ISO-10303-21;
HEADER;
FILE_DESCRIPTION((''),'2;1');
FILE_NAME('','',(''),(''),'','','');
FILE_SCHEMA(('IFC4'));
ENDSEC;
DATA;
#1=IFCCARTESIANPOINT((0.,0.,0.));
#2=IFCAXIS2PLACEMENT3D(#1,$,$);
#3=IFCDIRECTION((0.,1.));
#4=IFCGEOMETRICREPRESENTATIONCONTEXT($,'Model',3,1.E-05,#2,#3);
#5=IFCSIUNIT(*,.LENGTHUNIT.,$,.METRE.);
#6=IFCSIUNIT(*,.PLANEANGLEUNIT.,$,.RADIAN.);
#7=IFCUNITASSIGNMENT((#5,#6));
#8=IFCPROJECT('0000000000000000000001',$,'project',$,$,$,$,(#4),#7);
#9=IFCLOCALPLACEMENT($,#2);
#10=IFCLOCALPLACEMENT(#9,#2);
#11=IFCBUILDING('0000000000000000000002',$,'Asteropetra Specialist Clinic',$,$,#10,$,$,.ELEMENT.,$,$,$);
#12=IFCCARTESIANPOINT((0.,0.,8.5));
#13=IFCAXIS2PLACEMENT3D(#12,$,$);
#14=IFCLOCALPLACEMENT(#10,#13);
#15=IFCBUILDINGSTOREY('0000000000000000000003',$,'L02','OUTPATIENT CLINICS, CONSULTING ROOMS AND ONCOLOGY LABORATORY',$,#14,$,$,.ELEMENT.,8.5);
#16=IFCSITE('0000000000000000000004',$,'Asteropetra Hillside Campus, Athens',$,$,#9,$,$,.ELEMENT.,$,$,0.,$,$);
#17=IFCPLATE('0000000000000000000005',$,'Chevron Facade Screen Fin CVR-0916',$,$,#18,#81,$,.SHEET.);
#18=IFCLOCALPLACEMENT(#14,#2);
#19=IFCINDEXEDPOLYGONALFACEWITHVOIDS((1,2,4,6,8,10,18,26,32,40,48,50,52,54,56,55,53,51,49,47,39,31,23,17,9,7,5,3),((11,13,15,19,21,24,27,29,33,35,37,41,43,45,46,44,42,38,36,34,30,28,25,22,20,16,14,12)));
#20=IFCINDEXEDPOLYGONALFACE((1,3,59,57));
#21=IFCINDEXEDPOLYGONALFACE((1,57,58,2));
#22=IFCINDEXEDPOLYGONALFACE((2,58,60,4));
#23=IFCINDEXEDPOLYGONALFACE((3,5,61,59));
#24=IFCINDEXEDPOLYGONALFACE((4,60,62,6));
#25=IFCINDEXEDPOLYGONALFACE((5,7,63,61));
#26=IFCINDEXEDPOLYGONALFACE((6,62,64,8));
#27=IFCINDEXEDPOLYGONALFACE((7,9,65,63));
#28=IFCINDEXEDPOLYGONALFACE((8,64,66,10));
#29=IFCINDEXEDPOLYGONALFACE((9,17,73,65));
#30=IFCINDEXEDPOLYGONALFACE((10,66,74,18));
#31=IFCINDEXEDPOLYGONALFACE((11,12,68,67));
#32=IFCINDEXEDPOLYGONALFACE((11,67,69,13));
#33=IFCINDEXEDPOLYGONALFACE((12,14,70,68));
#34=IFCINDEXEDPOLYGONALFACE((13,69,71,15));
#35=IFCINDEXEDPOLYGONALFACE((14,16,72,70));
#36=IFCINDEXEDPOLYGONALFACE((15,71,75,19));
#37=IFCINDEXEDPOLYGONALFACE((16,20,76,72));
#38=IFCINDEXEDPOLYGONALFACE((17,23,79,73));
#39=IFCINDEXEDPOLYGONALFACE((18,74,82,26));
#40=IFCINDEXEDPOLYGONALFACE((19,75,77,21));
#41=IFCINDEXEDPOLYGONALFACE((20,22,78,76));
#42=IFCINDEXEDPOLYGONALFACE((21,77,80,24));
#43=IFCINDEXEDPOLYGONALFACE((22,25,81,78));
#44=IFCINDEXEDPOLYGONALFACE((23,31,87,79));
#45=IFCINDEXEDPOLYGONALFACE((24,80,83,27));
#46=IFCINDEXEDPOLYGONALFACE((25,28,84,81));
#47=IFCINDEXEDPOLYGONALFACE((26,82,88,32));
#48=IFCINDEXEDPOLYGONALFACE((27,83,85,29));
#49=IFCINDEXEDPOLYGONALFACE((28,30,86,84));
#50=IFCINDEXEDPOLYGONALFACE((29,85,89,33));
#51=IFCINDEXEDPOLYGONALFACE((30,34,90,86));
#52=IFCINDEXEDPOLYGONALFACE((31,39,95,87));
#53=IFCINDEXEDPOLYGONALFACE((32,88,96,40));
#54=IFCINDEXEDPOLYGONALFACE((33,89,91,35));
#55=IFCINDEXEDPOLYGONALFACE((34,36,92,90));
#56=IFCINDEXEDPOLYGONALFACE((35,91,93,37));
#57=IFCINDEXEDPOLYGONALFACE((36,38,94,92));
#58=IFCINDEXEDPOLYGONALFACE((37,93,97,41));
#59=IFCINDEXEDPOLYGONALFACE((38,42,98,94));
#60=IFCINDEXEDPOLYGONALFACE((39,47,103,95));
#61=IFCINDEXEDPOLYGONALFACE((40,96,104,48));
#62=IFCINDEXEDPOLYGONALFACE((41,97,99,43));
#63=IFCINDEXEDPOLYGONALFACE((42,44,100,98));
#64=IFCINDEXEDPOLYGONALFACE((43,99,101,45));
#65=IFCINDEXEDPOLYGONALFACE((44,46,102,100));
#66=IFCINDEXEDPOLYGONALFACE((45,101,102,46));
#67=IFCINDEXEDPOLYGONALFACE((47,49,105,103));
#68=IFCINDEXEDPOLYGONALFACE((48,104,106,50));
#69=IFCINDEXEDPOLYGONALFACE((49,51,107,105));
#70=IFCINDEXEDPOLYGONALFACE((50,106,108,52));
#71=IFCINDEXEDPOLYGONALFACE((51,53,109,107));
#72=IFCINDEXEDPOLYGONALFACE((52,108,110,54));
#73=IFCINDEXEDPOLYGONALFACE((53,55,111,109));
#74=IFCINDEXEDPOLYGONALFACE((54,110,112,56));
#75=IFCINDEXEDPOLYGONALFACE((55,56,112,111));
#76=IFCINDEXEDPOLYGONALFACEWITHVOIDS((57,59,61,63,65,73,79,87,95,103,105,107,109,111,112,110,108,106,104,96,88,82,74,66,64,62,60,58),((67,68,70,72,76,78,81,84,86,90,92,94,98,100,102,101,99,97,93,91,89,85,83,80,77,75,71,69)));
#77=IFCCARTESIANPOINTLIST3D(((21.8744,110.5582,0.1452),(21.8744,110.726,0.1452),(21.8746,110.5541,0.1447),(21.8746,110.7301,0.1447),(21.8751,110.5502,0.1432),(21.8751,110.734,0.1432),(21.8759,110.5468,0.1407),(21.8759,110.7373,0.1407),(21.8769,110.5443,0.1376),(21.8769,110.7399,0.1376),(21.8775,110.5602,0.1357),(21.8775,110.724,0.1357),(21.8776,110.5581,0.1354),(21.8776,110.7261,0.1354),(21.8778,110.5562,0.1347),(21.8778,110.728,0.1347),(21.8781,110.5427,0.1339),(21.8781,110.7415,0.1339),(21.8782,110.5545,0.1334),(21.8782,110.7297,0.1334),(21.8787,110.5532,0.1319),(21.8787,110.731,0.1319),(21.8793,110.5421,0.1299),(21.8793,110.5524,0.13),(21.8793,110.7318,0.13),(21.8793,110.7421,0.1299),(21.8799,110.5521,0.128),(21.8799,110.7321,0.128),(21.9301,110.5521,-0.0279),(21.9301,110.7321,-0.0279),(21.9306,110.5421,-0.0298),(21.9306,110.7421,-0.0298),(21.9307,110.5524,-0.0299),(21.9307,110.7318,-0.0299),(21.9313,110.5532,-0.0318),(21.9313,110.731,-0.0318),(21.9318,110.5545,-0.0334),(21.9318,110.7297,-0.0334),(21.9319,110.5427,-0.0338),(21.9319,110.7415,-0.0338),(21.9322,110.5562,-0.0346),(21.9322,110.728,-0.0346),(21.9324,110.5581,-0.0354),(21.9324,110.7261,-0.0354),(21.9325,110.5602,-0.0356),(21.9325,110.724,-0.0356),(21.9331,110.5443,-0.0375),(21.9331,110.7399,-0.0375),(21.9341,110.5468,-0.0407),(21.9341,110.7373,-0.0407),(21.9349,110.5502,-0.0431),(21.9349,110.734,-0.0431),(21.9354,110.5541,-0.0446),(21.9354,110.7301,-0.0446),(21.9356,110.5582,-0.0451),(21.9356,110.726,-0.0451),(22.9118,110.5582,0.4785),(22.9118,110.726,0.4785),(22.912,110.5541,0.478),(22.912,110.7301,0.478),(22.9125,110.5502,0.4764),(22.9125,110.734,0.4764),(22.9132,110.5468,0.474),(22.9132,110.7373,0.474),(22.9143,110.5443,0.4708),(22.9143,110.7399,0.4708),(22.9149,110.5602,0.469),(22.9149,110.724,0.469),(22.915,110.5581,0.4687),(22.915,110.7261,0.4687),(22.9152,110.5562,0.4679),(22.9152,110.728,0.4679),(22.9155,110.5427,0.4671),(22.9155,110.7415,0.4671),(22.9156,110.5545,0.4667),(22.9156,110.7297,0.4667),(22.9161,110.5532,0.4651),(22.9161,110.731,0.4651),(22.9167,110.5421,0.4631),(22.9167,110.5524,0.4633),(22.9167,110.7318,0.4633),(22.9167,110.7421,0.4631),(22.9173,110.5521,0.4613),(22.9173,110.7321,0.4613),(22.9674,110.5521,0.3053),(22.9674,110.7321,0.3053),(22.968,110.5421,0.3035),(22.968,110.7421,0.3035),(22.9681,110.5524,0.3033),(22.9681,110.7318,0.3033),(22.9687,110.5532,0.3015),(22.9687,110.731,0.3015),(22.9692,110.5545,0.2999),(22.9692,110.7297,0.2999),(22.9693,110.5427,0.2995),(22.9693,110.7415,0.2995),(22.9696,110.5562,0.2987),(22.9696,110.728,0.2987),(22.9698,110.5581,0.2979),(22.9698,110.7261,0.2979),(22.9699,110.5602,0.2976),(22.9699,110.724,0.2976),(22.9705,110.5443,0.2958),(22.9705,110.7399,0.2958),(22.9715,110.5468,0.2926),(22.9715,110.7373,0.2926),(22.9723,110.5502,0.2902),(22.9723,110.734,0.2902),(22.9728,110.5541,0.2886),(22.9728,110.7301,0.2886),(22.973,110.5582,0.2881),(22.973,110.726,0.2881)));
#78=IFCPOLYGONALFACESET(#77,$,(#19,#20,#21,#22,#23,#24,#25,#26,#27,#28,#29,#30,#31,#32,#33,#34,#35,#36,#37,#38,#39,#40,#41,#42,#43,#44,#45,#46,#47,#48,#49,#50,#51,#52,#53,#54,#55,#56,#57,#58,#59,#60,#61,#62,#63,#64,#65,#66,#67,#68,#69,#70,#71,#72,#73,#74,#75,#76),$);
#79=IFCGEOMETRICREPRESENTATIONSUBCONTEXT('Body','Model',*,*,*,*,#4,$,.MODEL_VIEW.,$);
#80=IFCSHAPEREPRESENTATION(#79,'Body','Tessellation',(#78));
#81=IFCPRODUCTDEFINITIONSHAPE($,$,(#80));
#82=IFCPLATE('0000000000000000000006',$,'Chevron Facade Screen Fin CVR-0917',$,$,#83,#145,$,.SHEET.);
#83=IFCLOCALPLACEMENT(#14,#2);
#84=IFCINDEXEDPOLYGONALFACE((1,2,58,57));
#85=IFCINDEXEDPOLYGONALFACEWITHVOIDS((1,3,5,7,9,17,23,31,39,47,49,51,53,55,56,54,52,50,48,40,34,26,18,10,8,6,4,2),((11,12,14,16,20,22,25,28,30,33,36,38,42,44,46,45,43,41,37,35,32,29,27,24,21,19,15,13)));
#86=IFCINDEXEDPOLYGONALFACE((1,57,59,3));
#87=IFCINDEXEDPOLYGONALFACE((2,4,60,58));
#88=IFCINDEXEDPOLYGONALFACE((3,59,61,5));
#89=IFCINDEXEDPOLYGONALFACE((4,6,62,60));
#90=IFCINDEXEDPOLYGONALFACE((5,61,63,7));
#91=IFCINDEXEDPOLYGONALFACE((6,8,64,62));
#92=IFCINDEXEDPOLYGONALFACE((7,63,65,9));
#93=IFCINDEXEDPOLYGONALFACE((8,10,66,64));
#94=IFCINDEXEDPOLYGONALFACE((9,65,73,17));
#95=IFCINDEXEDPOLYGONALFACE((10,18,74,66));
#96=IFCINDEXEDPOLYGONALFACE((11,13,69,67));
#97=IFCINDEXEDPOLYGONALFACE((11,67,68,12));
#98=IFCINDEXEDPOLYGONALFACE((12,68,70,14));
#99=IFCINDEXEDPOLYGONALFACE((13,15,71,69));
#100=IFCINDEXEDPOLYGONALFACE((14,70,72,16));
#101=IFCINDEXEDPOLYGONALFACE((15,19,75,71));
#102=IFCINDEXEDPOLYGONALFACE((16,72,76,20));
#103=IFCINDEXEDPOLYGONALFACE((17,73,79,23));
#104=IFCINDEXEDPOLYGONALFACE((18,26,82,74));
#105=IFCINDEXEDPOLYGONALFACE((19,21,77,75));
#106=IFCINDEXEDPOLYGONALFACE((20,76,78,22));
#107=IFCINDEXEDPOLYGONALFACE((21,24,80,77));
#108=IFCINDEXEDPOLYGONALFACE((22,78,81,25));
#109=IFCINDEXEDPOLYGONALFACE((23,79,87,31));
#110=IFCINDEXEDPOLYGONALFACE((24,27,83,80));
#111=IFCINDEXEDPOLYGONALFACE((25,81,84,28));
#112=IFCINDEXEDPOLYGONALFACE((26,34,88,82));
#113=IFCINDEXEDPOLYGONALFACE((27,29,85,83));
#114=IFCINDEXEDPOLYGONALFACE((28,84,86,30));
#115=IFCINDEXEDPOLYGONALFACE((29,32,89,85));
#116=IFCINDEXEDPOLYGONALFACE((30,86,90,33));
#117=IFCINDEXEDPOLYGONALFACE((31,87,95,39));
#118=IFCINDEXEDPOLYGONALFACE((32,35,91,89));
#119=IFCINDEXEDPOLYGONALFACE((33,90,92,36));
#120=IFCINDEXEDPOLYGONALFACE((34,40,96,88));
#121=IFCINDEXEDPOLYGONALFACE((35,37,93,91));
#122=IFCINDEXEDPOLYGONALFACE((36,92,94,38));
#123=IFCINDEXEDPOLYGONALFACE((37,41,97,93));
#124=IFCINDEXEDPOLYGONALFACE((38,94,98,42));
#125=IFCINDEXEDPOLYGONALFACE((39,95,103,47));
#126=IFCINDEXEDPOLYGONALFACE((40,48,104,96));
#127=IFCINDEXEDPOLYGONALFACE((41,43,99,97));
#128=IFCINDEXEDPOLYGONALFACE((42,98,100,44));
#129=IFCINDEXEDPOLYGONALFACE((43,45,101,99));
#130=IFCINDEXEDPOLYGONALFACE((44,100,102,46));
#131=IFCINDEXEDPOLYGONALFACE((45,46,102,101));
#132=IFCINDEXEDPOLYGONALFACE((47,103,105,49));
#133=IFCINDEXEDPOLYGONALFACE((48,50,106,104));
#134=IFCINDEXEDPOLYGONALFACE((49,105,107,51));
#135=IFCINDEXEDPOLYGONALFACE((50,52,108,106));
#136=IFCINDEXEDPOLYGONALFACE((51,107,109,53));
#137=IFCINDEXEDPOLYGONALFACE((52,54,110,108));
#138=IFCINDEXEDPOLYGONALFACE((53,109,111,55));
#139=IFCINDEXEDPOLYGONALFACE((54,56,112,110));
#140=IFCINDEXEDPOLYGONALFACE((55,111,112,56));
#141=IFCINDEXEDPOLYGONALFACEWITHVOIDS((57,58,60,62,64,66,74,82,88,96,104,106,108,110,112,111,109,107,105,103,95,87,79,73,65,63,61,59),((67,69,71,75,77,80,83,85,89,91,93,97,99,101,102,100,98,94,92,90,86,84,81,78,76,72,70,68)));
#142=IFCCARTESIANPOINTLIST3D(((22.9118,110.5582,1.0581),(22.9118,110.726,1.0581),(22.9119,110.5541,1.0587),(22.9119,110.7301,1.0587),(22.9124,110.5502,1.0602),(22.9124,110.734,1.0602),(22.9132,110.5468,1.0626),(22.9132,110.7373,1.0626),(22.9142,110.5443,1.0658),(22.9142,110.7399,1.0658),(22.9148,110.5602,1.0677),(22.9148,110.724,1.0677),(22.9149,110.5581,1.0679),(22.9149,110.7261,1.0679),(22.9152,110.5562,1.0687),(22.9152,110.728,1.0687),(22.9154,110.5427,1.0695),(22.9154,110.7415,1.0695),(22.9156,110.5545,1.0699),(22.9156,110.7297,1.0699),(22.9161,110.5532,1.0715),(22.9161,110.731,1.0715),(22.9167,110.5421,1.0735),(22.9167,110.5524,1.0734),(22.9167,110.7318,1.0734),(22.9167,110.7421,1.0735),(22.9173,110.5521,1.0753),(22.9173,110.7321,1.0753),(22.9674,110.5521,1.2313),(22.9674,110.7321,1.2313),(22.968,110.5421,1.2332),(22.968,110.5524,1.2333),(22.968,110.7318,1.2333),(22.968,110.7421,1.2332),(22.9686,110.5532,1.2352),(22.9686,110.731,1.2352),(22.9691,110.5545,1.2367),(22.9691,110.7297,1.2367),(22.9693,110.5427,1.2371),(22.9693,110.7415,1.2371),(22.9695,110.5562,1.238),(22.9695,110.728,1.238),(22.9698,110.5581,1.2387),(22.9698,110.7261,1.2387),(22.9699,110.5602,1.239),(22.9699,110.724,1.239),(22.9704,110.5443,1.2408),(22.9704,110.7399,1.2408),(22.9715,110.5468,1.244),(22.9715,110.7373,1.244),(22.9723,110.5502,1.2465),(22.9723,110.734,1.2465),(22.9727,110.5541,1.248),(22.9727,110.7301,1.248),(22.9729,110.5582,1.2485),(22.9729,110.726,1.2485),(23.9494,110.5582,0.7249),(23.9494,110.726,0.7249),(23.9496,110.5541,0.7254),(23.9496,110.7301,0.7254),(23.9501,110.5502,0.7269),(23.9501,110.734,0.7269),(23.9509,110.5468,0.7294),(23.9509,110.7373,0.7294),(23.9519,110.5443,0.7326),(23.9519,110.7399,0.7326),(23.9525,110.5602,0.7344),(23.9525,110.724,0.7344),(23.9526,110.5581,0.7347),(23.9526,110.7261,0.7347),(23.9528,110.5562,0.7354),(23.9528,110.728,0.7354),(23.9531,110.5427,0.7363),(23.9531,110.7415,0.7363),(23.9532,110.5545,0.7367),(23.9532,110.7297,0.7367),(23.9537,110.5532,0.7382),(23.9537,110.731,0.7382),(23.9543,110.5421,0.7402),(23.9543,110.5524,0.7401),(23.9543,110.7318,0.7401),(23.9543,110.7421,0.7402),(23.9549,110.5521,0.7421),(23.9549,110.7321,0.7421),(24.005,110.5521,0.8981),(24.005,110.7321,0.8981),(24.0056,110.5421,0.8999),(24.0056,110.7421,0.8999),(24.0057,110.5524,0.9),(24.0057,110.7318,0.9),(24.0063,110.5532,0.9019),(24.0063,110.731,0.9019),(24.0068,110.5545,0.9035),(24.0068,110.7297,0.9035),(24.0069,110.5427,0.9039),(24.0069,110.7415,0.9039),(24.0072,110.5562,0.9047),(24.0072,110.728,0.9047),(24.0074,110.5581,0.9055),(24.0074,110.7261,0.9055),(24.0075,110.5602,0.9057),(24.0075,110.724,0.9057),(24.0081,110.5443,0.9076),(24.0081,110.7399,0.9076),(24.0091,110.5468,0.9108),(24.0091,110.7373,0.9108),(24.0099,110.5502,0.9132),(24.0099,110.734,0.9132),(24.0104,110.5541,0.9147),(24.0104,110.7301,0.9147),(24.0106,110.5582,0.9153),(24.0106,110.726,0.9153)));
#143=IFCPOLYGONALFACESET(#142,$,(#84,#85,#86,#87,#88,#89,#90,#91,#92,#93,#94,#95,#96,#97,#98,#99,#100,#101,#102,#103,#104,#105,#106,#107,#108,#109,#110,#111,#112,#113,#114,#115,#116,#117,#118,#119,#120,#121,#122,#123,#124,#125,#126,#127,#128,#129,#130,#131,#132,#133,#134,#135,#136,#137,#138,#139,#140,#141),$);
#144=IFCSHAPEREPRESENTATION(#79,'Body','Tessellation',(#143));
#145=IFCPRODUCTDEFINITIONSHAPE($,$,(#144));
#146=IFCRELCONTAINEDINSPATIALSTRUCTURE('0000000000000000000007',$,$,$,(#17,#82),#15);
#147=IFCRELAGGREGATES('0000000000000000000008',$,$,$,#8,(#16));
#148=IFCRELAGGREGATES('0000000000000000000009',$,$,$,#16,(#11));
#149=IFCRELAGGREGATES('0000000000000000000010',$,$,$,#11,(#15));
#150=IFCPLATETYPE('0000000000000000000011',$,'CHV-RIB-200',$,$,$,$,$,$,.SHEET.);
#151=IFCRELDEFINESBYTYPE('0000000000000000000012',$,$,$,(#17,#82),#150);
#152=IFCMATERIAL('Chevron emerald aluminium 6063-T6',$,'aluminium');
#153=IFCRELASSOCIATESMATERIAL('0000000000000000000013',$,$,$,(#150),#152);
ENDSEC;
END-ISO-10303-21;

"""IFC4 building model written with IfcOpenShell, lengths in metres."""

from ifc_helpers import new_model, si_unit, direction, frame, origin, origin_2d, place, context, subcontext, project, spatial, hollow_rectangle, extrude, material, material_profile, profile_set, type_object, element, save


model = new_model("IFC4")

# Units and contexts
model_context = context("Model", 3, precision=1e-05, world=origin(), true_north=direction((0.0, 1.0)))
body_context = subcontext(model_context, "Body", "Model", "MODEL_VIEW")
ifc_project = project(units=[si_unit("LENGTHUNIT", "METRE"), si_unit("PLANEANGLEUNIT", "RADIAN")], contexts=[model_context])

# Site, building, storey
site_placement = place(None, origin())
site = spatial("IfcSite", under=ifc_project, at=site_placement, Name="Asteropetra Hillside Campus, Athens", CompositionType="ELEMENT", RefElevation=0.0)
building_placement = place(site_placement, origin())
building = spatial("IfcBuilding", under=site, at=building_placement, Name="Asteropetra Specialist Clinic", CompositionType="ELEMENT")
storey_placement = place(building_placement, frame((0.0, 0.0, 8.5)))
storey = spatial("IfcBuildingStorey", under=building, at=storey_placement, Name="L02", Description="OUTPATIENT CLINICS, CONSULTING ROOMS AND ONCOLOGY LABORATORY", CompositionType="ELEMENT", Elevation=8.5)

# Plates
ifc_material = material(Name="Chevron emerald aluminium 6063-T6", Category="aluminium")
ifc_material_profile = material_profile(ifc_material, hollow_rectangle(XDim=0.2, YDim=0.2, WallThickness=0.01, InnerFilletRadius=0.0081, OuterFilletRadius=0.0161, at=origin_2d()), Name="SHS 200x200x10.0")
ifc_profile_set = profile_set([ifc_material_profile], Name="Chevron emerald aluminium 6063-T6")
plate_type = type_object("IfcPlateType", Name="CHV-RIB-200", PredefinedType="SHEET", material=ifc_profile_set)
plate_1_placement = place(storey_placement, frame((22.9424, 110.6421, 0.3833), z_axis=(-0.952078, 0.0, -0.305857), x_axis=(0.0, -1.0, 0.0)))
element("IfcPlate", 1, at=plate_1_placement, inside=storey, type_object=plate_type, Name="Chevron Facade Screen Fin CVR-0916", PredefinedType="SHEET", context=body_context, shape_type="SweptSolid", body=[
    extrude(hollow_rectangle(XDim=0.2, YDim=0.2, WallThickness=0.01, InnerFilletRadius=0.0081, OuterFilletRadius=0.0161, at=origin_2d()), origin(), (0.0, 0.0, 1.0), 1.0896),
])
plate_2_placement = place(storey_placement, frame((23.98, 110.6421, 0.8201), z_axis=(-0.952098, 0.0, 0.305792), x_axis=(0.0, -1.0, 0.0)))
element("IfcPlate", 2, at=plate_2_placement, inside=storey, type_object=plate_type, Name="Chevron Facade Screen Fin CVR-0917", PredefinedType="SHEET", context=body_context, shape_type="SweptSolid", body=[
    extrude(hollow_rectangle(XDim=0.2, YDim=0.2, WallThickness=0.01, InnerFilletRadius=0.0081, OuterFilletRadius=0.0161, at=origin_2d()), origin(), (0.0, 0.0, 1.0), 1.0898),
])

save(model, "model.ifc")
